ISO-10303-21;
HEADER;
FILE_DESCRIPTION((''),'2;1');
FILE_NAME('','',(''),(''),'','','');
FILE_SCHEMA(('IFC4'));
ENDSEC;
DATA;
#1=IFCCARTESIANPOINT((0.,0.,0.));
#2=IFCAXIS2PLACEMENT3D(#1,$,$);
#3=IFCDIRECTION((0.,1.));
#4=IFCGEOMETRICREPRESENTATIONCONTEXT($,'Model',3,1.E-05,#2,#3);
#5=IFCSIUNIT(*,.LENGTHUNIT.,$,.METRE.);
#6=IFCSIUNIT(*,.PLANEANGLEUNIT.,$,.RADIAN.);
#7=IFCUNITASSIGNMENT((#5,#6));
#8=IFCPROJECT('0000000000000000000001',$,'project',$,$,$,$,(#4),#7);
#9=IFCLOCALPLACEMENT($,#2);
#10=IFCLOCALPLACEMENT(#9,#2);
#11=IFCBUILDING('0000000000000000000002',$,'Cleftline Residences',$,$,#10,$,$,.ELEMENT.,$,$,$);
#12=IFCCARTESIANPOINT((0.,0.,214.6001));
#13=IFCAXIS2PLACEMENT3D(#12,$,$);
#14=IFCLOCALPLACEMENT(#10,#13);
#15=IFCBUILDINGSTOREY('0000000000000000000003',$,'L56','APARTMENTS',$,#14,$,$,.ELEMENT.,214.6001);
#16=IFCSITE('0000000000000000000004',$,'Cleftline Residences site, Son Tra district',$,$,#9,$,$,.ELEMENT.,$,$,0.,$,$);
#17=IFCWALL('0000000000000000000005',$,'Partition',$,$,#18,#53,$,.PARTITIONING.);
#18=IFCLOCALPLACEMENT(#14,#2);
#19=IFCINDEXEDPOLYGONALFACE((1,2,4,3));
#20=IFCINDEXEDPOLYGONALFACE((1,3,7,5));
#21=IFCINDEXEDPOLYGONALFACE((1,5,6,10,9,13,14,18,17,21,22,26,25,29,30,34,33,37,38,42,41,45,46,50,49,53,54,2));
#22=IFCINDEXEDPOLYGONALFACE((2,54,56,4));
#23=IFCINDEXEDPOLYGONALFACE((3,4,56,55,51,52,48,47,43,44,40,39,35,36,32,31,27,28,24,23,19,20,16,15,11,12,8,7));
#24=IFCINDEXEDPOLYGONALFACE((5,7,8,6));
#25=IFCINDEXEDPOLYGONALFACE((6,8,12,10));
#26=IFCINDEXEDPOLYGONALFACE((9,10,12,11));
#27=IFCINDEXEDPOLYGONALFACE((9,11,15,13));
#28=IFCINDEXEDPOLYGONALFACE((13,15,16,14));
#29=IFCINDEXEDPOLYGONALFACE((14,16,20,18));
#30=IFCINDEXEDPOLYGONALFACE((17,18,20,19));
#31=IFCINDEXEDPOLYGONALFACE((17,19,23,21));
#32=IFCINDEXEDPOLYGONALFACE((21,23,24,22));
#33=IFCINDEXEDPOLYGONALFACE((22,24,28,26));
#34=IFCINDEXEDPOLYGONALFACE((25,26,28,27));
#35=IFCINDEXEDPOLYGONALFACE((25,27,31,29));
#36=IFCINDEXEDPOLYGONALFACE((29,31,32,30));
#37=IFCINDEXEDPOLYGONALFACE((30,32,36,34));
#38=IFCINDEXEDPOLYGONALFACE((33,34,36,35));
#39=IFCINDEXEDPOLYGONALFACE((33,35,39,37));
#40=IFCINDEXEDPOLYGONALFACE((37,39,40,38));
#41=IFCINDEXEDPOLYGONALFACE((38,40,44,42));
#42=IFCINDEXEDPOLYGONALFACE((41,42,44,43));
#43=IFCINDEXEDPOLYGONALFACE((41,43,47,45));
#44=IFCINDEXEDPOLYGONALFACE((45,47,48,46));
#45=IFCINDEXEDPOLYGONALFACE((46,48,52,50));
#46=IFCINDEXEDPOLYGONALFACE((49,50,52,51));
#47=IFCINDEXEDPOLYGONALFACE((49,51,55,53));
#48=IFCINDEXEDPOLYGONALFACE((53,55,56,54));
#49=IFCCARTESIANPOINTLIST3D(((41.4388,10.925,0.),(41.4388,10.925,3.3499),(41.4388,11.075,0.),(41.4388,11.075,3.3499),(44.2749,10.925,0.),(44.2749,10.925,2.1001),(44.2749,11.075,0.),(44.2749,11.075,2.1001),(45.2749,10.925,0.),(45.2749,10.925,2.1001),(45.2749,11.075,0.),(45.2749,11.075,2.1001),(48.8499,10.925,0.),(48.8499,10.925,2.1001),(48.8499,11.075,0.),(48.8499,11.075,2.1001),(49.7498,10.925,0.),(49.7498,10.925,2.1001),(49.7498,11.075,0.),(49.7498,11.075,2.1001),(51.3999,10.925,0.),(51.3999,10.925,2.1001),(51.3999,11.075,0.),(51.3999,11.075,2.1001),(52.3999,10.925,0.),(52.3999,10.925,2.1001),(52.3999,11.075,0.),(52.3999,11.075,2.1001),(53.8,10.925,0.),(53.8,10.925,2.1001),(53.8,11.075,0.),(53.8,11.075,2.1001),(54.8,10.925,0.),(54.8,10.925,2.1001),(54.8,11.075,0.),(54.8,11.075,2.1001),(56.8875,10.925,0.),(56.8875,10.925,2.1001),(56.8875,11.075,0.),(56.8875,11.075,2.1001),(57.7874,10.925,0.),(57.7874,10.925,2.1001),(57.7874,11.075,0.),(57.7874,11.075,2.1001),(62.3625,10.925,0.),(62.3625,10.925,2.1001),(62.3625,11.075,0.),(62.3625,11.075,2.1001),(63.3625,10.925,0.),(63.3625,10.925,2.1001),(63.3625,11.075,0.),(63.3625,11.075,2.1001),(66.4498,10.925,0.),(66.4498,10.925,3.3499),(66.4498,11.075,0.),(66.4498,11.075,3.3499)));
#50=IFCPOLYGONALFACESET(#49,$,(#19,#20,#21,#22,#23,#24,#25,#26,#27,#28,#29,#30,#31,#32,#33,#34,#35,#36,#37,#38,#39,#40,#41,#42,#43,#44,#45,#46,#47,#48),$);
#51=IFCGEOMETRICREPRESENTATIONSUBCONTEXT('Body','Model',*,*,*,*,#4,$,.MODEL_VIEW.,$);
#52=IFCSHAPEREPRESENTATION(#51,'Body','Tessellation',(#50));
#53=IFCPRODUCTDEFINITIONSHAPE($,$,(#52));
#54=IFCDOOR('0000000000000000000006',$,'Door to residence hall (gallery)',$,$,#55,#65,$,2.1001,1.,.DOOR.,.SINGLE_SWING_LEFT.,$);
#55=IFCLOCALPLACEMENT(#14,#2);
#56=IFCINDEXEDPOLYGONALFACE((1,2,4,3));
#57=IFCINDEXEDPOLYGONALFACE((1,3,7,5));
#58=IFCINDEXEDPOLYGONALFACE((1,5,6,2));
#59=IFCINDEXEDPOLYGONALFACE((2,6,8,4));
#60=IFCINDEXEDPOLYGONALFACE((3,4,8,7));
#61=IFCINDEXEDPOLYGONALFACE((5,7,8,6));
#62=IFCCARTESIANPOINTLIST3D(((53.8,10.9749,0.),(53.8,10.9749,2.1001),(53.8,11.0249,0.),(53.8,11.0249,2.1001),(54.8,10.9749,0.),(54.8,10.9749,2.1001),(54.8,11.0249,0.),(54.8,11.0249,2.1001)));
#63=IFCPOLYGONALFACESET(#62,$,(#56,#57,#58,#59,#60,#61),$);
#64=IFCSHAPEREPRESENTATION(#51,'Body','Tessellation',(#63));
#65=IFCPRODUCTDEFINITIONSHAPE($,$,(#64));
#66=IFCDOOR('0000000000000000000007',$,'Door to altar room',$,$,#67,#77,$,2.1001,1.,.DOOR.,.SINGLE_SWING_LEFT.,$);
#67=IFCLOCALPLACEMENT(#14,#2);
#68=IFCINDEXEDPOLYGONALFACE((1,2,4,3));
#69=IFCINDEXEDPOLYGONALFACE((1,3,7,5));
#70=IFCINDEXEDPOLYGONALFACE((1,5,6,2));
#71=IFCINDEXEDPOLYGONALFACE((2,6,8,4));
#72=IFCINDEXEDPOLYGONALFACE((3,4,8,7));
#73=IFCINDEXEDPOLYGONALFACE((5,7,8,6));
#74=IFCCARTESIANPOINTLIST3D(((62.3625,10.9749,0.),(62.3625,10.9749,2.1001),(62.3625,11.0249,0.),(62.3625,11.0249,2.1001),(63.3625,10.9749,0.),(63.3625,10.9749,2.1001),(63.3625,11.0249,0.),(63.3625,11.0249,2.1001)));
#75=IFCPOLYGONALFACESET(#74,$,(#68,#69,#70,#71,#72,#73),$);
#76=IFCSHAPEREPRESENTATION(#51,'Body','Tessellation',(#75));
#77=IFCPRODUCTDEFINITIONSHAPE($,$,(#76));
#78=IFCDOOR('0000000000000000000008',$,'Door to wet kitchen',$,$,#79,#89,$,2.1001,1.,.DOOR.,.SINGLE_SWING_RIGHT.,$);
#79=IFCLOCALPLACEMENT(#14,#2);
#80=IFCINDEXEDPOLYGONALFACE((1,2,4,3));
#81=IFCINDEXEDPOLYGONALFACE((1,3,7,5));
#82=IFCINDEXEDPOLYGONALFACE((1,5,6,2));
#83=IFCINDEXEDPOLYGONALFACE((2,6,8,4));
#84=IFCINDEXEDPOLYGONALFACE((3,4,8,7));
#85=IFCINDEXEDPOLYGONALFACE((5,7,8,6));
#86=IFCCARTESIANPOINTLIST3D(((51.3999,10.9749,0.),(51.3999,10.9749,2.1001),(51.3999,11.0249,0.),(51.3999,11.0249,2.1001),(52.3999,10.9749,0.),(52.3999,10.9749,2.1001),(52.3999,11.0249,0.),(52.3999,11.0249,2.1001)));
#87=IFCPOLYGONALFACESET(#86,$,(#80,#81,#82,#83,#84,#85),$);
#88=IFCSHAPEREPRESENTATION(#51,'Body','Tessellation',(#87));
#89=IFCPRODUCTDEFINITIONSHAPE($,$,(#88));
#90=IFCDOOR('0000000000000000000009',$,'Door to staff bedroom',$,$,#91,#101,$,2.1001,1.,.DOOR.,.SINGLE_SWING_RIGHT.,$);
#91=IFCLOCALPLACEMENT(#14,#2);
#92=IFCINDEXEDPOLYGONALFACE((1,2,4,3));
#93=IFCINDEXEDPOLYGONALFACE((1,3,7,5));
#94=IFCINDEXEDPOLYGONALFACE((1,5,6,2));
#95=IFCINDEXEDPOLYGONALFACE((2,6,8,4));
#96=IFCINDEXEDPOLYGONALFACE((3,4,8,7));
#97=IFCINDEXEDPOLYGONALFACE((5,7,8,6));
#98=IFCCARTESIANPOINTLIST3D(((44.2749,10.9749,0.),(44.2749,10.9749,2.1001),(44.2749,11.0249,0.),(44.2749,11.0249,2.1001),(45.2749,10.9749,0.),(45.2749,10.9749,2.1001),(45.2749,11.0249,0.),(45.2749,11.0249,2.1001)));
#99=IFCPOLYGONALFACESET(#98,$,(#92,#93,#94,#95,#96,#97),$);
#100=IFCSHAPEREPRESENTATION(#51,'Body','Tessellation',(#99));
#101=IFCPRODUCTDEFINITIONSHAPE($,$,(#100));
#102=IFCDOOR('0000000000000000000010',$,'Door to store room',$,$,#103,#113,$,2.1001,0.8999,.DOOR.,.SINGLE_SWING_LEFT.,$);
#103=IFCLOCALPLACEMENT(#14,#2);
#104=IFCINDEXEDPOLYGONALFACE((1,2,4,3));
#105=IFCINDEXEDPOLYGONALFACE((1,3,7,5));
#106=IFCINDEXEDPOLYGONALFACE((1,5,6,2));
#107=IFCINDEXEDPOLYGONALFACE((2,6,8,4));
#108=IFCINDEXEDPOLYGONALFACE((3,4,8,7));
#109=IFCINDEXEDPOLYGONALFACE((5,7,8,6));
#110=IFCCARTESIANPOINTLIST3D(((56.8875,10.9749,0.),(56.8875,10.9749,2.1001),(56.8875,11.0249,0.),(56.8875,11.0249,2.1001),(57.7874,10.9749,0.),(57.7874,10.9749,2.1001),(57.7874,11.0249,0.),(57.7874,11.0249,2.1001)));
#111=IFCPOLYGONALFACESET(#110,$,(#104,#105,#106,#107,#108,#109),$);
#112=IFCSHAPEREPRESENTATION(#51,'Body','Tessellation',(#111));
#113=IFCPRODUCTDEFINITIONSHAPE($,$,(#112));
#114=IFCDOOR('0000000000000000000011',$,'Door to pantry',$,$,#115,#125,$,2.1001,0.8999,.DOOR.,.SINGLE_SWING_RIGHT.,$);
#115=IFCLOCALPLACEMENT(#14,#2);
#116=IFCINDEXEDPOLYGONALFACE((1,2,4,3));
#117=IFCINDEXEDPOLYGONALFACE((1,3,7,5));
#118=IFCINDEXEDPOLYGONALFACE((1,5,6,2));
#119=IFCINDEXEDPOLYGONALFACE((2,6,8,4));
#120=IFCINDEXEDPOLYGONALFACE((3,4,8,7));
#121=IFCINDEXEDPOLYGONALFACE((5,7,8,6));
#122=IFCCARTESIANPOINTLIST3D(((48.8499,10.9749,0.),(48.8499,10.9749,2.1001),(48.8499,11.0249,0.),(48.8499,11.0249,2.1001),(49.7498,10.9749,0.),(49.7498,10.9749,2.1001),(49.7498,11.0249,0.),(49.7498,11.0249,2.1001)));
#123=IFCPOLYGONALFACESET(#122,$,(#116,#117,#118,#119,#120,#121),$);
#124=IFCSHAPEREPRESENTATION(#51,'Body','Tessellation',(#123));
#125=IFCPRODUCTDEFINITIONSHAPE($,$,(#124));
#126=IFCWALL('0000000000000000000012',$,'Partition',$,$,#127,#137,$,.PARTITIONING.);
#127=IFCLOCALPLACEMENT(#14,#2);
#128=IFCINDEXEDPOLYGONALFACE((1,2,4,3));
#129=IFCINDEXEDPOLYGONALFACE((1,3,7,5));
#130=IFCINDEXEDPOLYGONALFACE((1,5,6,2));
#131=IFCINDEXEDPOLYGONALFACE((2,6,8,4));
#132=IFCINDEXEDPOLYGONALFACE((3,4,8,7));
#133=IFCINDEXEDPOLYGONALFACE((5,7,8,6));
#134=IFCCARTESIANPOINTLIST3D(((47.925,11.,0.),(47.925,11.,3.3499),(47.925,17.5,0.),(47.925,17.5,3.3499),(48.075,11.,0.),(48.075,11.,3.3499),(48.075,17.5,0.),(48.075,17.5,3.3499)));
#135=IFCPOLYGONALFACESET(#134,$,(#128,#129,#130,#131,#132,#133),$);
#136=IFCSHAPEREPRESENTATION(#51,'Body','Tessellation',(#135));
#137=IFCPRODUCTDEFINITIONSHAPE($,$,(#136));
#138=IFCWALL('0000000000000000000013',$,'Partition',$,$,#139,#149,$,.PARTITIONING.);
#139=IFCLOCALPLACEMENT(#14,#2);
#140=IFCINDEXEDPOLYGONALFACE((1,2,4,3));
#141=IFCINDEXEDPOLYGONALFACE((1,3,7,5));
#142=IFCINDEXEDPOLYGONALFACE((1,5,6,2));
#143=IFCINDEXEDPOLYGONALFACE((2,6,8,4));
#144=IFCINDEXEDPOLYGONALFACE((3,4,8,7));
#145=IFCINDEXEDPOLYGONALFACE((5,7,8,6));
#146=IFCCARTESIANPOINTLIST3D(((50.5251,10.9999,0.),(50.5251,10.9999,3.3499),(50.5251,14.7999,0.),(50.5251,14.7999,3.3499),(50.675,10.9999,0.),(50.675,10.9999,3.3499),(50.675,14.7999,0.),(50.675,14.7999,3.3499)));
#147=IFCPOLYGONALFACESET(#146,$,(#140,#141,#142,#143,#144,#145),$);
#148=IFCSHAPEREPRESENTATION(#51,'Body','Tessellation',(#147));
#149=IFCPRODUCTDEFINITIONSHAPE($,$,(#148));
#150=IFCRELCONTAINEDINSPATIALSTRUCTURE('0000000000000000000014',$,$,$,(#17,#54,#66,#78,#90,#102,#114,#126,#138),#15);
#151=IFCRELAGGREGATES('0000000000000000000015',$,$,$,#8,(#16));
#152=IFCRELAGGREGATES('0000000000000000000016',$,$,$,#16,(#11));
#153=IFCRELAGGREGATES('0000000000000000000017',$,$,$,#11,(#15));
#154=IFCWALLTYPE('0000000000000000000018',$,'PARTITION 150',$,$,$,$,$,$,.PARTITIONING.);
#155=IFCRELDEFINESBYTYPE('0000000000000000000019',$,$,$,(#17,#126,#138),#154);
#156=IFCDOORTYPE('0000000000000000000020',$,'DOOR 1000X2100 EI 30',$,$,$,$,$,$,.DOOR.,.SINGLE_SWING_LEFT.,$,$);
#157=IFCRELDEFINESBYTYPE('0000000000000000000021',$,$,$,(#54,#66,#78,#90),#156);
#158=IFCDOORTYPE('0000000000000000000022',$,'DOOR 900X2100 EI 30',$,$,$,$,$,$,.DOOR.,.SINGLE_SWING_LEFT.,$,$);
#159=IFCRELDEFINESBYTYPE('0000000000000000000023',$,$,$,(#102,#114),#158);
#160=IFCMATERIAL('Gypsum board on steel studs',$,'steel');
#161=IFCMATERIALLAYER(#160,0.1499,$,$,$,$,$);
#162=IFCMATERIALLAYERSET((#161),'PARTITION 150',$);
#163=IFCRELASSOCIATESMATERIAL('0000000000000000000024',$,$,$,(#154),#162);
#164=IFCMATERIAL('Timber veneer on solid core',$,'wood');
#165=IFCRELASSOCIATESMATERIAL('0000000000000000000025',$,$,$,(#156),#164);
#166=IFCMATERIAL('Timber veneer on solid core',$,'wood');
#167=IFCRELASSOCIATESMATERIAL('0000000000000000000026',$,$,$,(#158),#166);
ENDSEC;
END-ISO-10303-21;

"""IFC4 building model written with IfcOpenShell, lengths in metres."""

from ifc_helpers import new_model, si_unit, direction, frame, frame_2d, origin, place, context, subcontext, project, spatial, rectangle, extrude, material, layer, layer_set, type_object, element, fill, save


model = new_model("IFC4")

# Units and contexts
model_context = context("Model", 3, precision=1e-05, world=origin(), true_north=direction((0.0, 1.0)))
body_context = subcontext(model_context, "Body", "Model", "MODEL_VIEW")
ifc_project = project(units=[si_unit("LENGTHUNIT", "METRE"), si_unit("PLANEANGLEUNIT", "RADIAN")], contexts=[model_context])

# Site, building, storey
site_placement = place(None, origin())
site = spatial("IfcSite", under=ifc_project, at=site_placement, Name="Cleftline Residences site, Son Tra district", CompositionType="ELEMENT", RefElevation=0.0)
building_placement = place(site_placement, origin())
building = spatial("IfcBuilding", under=site, at=building_placement, Name="Cleftline Residences", CompositionType="ELEMENT")
storey_placement = place(building_placement, frame((0.0, 0.0, 214.6001)))
storey = spatial("IfcBuildingStorey", under=building, at=storey_placement, Name="L56", Description="APARTMENTS", CompositionType="ELEMENT", Elevation=214.6001)

# Wall, openings, doors
ifc_material_1 = material(Name="Gypsum board on steel studs", Category="steel")
ifc_layer_1 = layer(ifc_material_1, 0.1499)
ifc_layer_set_1 = layer_set([ifc_layer_1], Name="PARTITION 150")
wall_type = type_object("IfcWallType", Name="PARTITION 150", PredefinedType="PARTITIONING", material=ifc_layer_set_1)
wall_1_placement = place(storey_placement, frame((41.439, 11.0, 0.0), z_axis=(0.0, 0.0, 1.0), x_axis=(1.0, 0.0, 0.0)))
wall_1 = element("IfcWall", 1, at=wall_1_placement, inside=storey, type_object=wall_type, Name="Partition", PredefinedType="PARTITIONING", context=body_context, shape_type="SweptSolid", body=[
    extrude(rectangle(XDim=25.011, YDim=0.1499, at=frame_2d((12.5054, 0.0))), origin(), (0.0, 0.0, 1.0), 3.3499),
])
opening_1_placement = place(wall_1_placement, frame((12.3611, 0.0, 0.0)))
opening_1 = element("IfcOpeningElement", 2, at=opening_1_placement, cuts=wall_1, PredefinedType="OPENING", context=body_context, shape_type="SweptSolid", body=[
    extrude(rectangle(XDim=1.0, YDim=2.1001, at=frame_2d((0.5, 1.05))), frame((0.0, 0.085, 0.0), z_axis=(0.0, -1.0, 0.0), x_axis=(1.0, 0.0, 0.0)), (0.0, 0.0, 1.0), 0.1699),
])
opening_2_placement = place(wall_1_placement, frame((20.9236, 0.0, 0.0)))
opening_2 = element("IfcOpeningElement", 3, at=opening_2_placement, cuts=wall_1, PredefinedType="OPENING", context=body_context, shape_type="SweptSolid", body=[
    extrude(rectangle(XDim=1.0, YDim=2.1001, at=frame_2d((0.5, 1.05))), frame((0.0, 0.085, 0.0), z_axis=(0.0, -1.0, 0.0), x_axis=(1.0, 0.0, 0.0)), (0.0, 0.0, 1.0), 0.1699),
])
opening_3_placement = place(wall_1_placement, frame((15.4485, 0.0, 0.0)))
opening_3 = element("IfcOpeningElement", 4, at=opening_3_placement, cuts=wall_1, PredefinedType="OPENING", context=body_context, shape_type="SweptSolid", body=[
    extrude(rectangle(XDim=0.8999, YDim=2.1001, at=frame_2d((0.45, 1.05))), frame((0.0, 0.085, 0.0), z_axis=(0.0, -1.0, 0.0), x_axis=(1.0, 0.0, 0.0)), (0.0, 0.0, 1.0), 0.1699),
])
opening_4_placement = place(wall_1_placement, frame((9.9609, 0.0, 0.0)))
opening_4 = element("IfcOpeningElement", 5, at=opening_4_placement, cuts=wall_1, PredefinedType="OPENING", context=body_context, shape_type="SweptSolid", body=[
    extrude(rectangle(XDim=1.0, YDim=2.1001, at=frame_2d((0.5, 1.05))), frame((0.0, 0.085, 0.0), z_axis=(0.0, -1.0, 0.0), x_axis=(1.0, 0.0, 0.0)), (0.0, 0.0, 1.0), 0.1699),
])
opening_5_placement = place(wall_1_placement, frame((7.4109, 0.0, 0.0)))
opening_5 = element("IfcOpeningElement", 6, at=opening_5_placement, cuts=wall_1, PredefinedType="OPENING", context=body_context, shape_type="SweptSolid", body=[
    extrude(rectangle(XDim=0.8999, YDim=2.1001, at=frame_2d((0.45, 1.05))), frame((0.0, 0.085, 0.0), z_axis=(0.0, -1.0, 0.0), x_axis=(1.0, 0.0, 0.0)), (0.0, 0.0, 1.0), 0.1699),
])
opening_6_placement = place(wall_1_placement, frame((2.8359, 0.0, 0.0)))
opening_6 = element("IfcOpeningElement", 7, at=opening_6_placement, cuts=wall_1, PredefinedType="OPENING", context=body_context, shape_type="SweptSolid", body=[
    extrude(rectangle(XDim=1.0, YDim=2.1001, at=frame_2d((0.5, 1.05))), frame((0.0, 0.085, 0.0), z_axis=(0.0, -1.0, 0.0), x_axis=(1.0, 0.0, 0.0)), (0.0, 0.0, 1.0), 0.1699),
])
ifc_material_2 = material(Name="Timber veneer on solid core", Category="wood")
door_type_1 = type_object("IfcDoorType", Name="DOOR 1000X2100 EI 30", OperationType="SINGLE_SWING_LEFT", PredefinedType="DOOR", material=ifc_material_2)
door_1_placement = place(opening_1_placement, origin())
door_1 = element("IfcDoor", 8, at=door_1_placement, inside=storey, type_object=door_type_1, Name="Door to residence hall (gallery)", OperationType="SINGLE_SWING_LEFT", OverallHeight=2.1001, OverallWidth=1.0, PredefinedType="DOOR", context=body_context, shape_type="SweptSolid", body=[
    extrude(rectangle(XDim=1.0, YDim=2.1001, at=frame_2d((0.5, 1.05))), frame((0.0, 0.0249, 0.0), z_axis=(0.0, -1.0, 0.0), x_axis=(1.0, 0.0, 0.0)), (0.0, 0.0, 1.0), 0.05),
])
fill(opening_1, door_1)
door_2_placement = place(opening_2_placement, origin())
door_2 = element("IfcDoor", 9, at=door_2_placement, inside=storey, type_object=door_type_1, Name="Door to altar room", OperationType="SINGLE_SWING_LEFT", OverallHeight=2.1001, OverallWidth=1.0, PredefinedType="DOOR", context=body_context, shape_type="SweptSolid", body=[
    extrude(rectangle(XDim=1.0, YDim=2.1001, at=frame_2d((0.5, 1.05))), frame((0.0, 0.0249, 0.0), z_axis=(0.0, -1.0, 0.0), x_axis=(1.0, 0.0, 0.0)), (0.0, 0.0, 1.0), 0.05),
])
fill(opening_2, door_2)
door_3_placement = place(opening_4_placement, origin())
door_3 = element("IfcDoor", 10, at=door_3_placement, inside=storey, type_object=door_type_1, Name="Door to wet kitchen", OperationType="SINGLE_SWING_RIGHT", OverallHeight=2.1001, OverallWidth=1.0, PredefinedType="DOOR", context=body_context, shape_type="SweptSolid", body=[
    extrude(rectangle(XDim=1.0, YDim=2.1001, at=frame_2d((0.5, 1.05))), frame((0.0, 0.0249, 0.0), z_axis=(0.0, -1.0, 0.0), x_axis=(1.0, 0.0, 0.0)), (0.0, 0.0, 1.0), 0.05),
])
fill(opening_4, door_3)
door_4_placement = place(opening_6_placement, origin())
door_4 = element("IfcDoor", 11, at=door_4_placement, inside=storey, type_object=door_type_1, Name="Door to staff bedroom", OperationType="SINGLE_SWING_RIGHT", OverallHeight=2.1001, OverallWidth=1.0, PredefinedType="DOOR", context=body_context, shape_type="SweptSolid", body=[
    extrude(rectangle(XDim=1.0, YDim=2.1001, at=frame_2d((0.5, 1.05))), frame((0.0, 0.0249, 0.0), z_axis=(0.0, -1.0, 0.0), x_axis=(1.0, 0.0, 0.0)), (0.0, 0.0, 1.0), 0.05),
])
fill(opening_6, door_4)
ifc_material_3 = material(Name="Timber veneer on solid core", Category="wood")
door_type_2 = type_object("IfcDoorType", Name="DOOR 900X2100 EI 30", OperationType="SINGLE_SWING_LEFT", PredefinedType="DOOR", material=ifc_material_3)
door_5_placement = place(opening_3_placement, origin())
door_5 = element("IfcDoor", 12, at=door_5_placement, inside=storey, type_object=door_type_2, Name="Door to store room", OperationType="SINGLE_SWING_LEFT", OverallHeight=2.1001, OverallWidth=0.8999, PredefinedType="DOOR", context=body_context, shape_type="SweptSolid", body=[
    extrude(rectangle(XDim=0.8999, YDim=2.1001, at=frame_2d((0.45, 1.05))), frame((0.0, 0.0249, 0.0), z_axis=(0.0, -1.0, 0.0), x_axis=(1.0, 0.0, 0.0)), (0.0, 0.0, 1.0), 0.05),
])
fill(opening_3, door_5)
door_6_placement = place(opening_5_placement, origin())
door_6 = element("IfcDoor", 13, at=door_6_placement, inside=storey, type_object=door_type_2, Name="Door to pantry", OperationType="SINGLE_SWING_RIGHT", OverallHeight=2.1001, OverallWidth=0.8999, PredefinedType="DOOR", context=body_context, shape_type="SweptSolid", body=[
    extrude(rectangle(XDim=0.8999, YDim=2.1001, at=frame_2d((0.45, 1.05))), frame((0.0, 0.0249, 0.0), z_axis=(0.0, -1.0, 0.0), x_axis=(1.0, 0.0, 0.0)), (0.0, 0.0, 1.0), 0.05),
])
fill(opening_5, door_6)

# Walls
wall_2_placement = place(storey_placement, frame((48.0, 11.0, 0.0), z_axis=(0.0, 0.0, 1.0), x_axis=(0.0, 1.0, 0.0)))
element("IfcWall", 14, at=wall_2_placement, inside=storey, type_object=wall_type, Name="Partition", PredefinedType="PARTITIONING", context=body_context, shape_type="SweptSolid", body=[
    extrude(rectangle(XDim=6.5, YDim=0.1499, at=frame_2d((3.25, 0.0))), origin(), (0.0, 0.0, 1.0), 3.3499),
])
wall_3_placement = place(storey_placement, frame((50.6001, 11.0, 0.0), z_axis=(0.0, 0.0, 1.0), x_axis=(0.0, 1.0, 0.0)))
element("IfcWall", 15, at=wall_3_placement, inside=storey, type_object=wall_type, Name="Partition", PredefinedType="PARTITIONING", context=body_context, shape_type="SweptSolid", body=[
    extrude(rectangle(XDim=3.8, YDim=0.1499, at=frame_2d((1.8999, 0.0))), origin(), (0.0, 0.0, 1.0), 3.3499),
])

save(model, "model.ifc")
